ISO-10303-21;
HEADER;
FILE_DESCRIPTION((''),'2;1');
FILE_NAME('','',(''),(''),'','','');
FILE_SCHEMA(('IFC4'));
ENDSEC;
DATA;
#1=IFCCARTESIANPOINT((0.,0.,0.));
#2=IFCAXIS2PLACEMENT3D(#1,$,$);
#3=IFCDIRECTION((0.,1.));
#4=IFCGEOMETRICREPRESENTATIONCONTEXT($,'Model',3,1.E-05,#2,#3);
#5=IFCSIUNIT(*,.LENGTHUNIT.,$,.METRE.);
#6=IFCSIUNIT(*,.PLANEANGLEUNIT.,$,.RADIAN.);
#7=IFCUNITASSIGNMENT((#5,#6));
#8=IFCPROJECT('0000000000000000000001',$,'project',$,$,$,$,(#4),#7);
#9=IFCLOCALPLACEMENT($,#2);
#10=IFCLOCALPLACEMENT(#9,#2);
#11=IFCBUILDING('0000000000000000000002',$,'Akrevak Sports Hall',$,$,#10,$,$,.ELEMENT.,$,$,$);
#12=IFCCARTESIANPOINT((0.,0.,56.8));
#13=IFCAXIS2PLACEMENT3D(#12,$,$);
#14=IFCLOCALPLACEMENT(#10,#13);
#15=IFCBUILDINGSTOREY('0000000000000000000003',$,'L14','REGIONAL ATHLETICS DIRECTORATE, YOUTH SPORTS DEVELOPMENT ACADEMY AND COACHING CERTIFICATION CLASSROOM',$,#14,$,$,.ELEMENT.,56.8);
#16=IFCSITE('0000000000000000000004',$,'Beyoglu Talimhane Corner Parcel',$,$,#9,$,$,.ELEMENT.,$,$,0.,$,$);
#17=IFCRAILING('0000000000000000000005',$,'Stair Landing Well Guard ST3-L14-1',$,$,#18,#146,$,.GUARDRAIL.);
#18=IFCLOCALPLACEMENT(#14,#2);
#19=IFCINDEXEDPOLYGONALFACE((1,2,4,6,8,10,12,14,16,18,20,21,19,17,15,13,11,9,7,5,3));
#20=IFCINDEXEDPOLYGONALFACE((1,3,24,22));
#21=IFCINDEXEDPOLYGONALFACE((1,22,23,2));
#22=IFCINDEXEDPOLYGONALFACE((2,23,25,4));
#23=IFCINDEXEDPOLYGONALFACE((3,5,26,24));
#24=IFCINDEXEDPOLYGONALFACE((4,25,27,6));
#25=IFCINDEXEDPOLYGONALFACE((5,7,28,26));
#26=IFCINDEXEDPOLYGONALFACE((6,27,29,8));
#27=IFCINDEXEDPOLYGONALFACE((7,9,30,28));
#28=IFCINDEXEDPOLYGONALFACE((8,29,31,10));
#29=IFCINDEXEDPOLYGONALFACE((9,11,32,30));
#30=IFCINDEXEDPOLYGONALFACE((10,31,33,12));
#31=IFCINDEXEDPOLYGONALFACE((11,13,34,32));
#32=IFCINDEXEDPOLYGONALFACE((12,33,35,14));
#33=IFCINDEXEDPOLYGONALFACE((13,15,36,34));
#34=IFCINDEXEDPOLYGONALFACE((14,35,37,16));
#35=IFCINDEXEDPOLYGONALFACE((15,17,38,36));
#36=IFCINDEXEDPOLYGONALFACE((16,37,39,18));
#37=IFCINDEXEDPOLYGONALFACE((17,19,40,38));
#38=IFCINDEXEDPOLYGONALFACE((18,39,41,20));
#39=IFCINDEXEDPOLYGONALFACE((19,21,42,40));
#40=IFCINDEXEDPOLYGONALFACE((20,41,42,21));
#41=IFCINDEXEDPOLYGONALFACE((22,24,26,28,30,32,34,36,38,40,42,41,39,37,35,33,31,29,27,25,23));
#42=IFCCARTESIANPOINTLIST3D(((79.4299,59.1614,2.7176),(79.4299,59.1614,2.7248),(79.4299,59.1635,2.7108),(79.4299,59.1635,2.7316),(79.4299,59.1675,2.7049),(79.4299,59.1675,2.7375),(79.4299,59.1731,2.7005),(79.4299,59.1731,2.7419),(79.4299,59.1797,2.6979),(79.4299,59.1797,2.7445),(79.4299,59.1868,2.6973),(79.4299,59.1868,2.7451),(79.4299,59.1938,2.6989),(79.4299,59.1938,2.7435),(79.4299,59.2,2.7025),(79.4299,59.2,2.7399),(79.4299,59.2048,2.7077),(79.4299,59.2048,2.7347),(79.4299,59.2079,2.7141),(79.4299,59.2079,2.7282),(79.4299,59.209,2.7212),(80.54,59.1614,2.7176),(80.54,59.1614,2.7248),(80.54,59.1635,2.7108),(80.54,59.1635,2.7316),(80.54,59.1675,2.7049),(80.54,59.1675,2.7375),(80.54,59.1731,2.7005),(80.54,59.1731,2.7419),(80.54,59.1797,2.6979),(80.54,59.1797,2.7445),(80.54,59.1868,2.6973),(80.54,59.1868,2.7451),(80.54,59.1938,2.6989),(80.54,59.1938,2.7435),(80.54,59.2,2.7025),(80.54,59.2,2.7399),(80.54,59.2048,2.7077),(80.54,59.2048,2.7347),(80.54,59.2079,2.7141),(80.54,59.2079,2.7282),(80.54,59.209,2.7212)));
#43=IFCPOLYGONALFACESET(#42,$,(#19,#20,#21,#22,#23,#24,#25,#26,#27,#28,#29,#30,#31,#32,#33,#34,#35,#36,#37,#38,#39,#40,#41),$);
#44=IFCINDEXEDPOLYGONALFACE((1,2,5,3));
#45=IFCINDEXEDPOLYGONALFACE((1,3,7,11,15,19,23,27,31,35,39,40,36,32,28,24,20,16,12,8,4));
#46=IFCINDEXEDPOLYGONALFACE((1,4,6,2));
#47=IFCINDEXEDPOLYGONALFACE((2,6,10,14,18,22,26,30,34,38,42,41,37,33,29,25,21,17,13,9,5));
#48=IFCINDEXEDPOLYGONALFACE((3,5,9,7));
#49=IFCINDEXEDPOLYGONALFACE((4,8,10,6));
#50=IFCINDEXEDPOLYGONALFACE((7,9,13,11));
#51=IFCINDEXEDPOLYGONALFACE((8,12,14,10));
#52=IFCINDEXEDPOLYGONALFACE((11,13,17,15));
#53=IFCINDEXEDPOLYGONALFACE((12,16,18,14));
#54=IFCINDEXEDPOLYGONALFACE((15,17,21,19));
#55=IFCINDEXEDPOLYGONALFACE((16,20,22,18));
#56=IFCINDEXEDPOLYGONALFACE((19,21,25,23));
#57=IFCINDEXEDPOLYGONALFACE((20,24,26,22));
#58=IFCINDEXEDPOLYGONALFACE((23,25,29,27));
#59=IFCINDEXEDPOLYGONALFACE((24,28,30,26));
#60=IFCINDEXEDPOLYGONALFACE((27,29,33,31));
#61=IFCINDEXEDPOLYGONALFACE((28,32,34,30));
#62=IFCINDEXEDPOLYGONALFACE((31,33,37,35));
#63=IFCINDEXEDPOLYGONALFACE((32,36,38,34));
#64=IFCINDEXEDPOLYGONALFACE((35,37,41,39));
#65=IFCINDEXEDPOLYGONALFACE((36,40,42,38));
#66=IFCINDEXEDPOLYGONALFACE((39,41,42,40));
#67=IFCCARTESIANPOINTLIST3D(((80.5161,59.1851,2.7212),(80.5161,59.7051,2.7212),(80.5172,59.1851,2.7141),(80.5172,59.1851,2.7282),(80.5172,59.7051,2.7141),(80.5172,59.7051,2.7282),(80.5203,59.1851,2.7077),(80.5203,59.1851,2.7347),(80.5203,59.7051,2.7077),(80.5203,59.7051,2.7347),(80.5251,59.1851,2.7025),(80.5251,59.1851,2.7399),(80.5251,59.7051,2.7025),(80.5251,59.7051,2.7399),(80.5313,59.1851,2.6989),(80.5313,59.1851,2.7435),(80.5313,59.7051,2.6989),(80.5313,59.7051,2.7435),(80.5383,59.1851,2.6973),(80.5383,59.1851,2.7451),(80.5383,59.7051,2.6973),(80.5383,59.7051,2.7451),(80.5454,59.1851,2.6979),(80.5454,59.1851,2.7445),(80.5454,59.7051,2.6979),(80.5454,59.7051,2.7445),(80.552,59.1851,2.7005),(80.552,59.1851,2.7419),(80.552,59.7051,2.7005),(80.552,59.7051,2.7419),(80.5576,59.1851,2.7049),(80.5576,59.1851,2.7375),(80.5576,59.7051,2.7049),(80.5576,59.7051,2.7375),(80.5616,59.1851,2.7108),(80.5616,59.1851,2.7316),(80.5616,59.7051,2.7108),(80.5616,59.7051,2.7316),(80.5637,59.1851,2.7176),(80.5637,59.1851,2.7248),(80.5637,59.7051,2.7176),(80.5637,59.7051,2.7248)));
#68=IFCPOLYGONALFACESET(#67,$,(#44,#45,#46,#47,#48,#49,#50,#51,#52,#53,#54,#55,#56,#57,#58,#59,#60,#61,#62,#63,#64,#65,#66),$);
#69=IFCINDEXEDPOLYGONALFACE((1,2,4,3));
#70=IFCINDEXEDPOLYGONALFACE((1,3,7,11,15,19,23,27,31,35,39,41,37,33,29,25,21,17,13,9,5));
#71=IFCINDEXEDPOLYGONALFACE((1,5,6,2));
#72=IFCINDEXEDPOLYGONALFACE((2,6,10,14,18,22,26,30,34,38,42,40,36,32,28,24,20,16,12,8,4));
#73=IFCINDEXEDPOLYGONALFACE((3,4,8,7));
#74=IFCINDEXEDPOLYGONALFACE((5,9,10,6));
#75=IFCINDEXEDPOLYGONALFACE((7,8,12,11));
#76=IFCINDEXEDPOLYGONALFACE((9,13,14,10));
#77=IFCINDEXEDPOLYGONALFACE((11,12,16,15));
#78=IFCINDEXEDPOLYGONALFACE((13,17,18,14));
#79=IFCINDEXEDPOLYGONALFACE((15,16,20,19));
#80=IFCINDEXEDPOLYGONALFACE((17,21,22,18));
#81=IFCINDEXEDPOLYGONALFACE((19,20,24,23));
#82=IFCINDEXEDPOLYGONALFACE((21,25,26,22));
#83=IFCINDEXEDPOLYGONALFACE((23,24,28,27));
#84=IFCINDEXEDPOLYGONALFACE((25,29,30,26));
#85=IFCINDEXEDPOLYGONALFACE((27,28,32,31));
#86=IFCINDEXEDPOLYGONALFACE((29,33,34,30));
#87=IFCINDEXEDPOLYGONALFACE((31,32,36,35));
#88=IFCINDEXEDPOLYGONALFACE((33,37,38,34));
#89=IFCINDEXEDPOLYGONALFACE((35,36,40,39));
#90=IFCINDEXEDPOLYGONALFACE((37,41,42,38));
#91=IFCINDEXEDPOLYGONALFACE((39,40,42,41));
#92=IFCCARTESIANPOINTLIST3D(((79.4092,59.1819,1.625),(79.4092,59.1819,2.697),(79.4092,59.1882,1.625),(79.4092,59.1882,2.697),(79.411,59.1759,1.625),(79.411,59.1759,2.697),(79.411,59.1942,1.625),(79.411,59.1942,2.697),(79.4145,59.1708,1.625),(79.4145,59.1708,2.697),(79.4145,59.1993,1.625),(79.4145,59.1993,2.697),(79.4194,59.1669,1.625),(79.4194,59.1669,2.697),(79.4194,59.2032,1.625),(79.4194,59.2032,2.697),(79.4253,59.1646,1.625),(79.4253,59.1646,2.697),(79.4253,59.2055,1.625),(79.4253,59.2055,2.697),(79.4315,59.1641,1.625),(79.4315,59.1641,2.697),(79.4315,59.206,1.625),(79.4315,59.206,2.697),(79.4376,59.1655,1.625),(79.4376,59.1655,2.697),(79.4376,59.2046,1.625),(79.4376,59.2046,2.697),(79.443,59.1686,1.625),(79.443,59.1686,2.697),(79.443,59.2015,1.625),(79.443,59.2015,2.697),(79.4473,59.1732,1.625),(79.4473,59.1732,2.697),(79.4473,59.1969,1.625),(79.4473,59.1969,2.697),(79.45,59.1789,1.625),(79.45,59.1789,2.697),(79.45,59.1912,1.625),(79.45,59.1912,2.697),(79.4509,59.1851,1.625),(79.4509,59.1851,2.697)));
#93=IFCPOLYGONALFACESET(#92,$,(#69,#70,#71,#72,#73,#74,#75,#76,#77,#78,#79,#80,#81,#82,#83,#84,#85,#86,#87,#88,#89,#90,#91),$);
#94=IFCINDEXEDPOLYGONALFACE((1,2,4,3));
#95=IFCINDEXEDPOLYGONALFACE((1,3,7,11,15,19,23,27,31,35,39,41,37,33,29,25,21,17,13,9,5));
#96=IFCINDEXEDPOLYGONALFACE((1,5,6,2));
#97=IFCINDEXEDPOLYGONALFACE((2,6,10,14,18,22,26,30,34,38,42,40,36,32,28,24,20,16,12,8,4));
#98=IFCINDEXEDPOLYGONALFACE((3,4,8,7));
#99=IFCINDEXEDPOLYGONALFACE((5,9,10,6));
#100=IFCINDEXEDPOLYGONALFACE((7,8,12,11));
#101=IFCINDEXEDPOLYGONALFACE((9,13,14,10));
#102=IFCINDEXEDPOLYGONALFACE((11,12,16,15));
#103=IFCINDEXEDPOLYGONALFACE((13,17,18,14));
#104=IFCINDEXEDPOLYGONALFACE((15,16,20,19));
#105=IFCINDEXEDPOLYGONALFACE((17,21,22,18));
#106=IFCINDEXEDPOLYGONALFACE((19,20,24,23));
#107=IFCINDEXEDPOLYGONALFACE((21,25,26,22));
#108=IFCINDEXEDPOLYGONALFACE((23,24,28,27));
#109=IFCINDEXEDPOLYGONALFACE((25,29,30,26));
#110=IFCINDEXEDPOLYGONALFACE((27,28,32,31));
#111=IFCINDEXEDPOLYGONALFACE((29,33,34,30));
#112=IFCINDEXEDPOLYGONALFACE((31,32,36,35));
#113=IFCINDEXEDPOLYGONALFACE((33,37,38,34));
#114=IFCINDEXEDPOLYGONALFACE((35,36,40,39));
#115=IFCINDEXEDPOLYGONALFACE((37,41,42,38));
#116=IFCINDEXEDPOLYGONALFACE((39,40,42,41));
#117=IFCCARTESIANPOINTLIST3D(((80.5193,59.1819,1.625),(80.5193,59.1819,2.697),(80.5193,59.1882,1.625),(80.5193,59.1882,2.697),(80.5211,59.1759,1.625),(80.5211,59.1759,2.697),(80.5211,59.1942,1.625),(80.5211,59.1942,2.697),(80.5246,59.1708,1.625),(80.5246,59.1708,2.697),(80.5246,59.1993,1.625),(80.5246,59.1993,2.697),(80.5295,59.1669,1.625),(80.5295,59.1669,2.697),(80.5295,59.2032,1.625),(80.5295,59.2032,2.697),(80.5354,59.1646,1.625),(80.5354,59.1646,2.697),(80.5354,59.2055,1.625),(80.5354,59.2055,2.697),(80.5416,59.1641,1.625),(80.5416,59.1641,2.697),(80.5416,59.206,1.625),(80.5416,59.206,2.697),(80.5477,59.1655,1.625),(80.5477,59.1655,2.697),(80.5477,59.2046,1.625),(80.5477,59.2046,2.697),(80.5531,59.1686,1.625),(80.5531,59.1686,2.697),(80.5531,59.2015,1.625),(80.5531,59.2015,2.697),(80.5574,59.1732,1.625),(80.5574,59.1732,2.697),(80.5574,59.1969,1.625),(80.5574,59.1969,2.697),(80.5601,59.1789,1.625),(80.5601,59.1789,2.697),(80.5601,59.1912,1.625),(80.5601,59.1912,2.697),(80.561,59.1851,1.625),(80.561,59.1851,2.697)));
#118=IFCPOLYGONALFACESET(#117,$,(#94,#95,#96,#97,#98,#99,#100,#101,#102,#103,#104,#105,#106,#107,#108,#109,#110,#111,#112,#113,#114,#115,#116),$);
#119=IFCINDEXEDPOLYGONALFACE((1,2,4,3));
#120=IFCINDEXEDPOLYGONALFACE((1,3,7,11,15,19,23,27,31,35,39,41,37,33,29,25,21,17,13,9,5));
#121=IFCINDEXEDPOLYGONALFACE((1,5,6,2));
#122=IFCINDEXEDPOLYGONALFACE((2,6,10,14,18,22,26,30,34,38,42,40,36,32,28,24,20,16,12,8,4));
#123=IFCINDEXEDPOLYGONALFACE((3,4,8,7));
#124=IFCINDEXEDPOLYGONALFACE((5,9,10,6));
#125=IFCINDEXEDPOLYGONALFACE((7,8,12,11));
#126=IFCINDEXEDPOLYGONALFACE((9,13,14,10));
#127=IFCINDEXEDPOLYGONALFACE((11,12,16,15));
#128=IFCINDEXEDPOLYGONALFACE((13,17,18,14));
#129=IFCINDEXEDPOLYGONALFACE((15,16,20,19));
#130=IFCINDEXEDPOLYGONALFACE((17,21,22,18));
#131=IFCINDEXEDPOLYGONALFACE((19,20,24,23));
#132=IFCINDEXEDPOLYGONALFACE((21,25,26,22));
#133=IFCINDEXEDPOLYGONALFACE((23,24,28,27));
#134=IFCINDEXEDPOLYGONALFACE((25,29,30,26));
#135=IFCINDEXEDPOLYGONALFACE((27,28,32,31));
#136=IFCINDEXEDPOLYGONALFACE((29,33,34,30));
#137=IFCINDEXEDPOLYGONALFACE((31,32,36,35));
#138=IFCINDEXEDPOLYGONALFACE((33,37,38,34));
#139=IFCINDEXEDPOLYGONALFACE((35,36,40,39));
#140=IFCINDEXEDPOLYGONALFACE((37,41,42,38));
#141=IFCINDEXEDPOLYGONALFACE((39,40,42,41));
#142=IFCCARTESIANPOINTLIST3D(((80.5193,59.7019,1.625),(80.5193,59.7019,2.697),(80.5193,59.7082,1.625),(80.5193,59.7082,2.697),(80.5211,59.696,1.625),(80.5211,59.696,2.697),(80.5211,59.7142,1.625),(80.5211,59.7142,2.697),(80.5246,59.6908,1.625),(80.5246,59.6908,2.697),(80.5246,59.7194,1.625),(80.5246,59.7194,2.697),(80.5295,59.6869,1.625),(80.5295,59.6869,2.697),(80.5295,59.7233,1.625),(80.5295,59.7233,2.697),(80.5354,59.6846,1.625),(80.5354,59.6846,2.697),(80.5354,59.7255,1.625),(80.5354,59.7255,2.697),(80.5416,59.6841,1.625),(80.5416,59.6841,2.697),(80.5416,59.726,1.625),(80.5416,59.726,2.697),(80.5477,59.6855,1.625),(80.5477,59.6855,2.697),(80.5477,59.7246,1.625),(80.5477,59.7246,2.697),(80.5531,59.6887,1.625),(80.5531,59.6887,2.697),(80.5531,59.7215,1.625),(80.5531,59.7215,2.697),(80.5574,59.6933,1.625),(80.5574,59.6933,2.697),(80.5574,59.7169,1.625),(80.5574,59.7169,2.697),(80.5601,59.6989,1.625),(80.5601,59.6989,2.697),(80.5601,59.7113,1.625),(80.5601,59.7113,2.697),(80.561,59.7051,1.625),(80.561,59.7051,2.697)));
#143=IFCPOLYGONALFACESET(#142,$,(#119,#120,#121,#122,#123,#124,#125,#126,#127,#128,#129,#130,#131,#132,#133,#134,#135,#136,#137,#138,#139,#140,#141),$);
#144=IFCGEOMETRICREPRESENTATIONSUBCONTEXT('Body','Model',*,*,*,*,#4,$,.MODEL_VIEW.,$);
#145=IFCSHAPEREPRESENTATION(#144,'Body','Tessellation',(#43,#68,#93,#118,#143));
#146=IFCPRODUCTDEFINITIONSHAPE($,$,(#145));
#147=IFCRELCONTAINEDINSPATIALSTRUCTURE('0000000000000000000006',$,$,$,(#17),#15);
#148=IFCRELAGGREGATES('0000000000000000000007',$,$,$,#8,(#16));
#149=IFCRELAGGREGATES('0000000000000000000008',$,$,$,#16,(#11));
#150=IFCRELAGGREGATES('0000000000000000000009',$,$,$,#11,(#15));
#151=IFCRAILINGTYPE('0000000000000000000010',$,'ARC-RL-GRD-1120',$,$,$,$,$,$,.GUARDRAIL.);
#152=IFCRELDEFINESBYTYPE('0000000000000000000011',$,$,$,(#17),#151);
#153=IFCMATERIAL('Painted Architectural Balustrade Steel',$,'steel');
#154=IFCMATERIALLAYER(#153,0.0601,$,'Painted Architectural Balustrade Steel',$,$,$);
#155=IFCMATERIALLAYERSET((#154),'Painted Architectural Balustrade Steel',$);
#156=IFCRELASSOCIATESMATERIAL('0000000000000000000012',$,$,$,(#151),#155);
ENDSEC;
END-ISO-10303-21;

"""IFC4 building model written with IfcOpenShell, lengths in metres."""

from ifc_helpers import new_model, si_unit, direction, frame, origin, origin_2d, place, context, subcontext, project, spatial, circle, extrude, material, layer, layer_set, type_object, element, save


model = new_model("IFC4")

# Units and contexts
model_context = context("Model", 3, precision=1e-05, world=origin(), true_north=direction((0.0, 1.0)))
body_context = subcontext(model_context, "Body", "Model", "MODEL_VIEW")
ifc_project = project(units=[si_unit("LENGTHUNIT", "METRE"), si_unit("PLANEANGLEUNIT", "RADIAN")], contexts=[model_context])

# Site, building, storey
site_placement = place(None, origin())
site = spatial("IfcSite", under=ifc_project, at=site_placement, Name="Beyoglu Talimhane Corner Parcel", CompositionType="ELEMENT", RefElevation=0.0)
building_placement = place(site_placement, origin())
building = spatial("IfcBuilding", under=site, at=building_placement, Name="Akrevak Sports Hall", CompositionType="ELEMENT")
storey_placement = place(building_placement, frame((0.0, 0.0, 56.8)))
storey = spatial("IfcBuildingStorey", under=building, at=storey_placement, Name="L14", Description="REGIONAL ATHLETICS DIRECTORATE, YOUTH SPORTS DEVELOPMENT ACADEMY AND COACHING CERTIFICATION CLASSROOM", CompositionType="ELEMENT", Elevation=56.8)

# Railing
ifc_material_1 = material(Name="Painted Architectural Balustrade Steel", Category="steel")
ifc_layer_1 = layer(ifc_material_1, 0.0601, Name="Painted Architectural Balustrade Steel")
ifc_layer_set_1 = layer_set([ifc_layer_1], Name="Painted Architectural Balustrade Steel")
railing_type_1 = type_object("IfcRailingType", Name="ARC-RL-GRD-1120", PredefinedType="GUARDRAIL", material=ifc_layer_set_1)
railing_1_placement = place(storey_placement, frame((79.4299, 59.1851, 1.625)))
element("IfcRailing", 1, at=railing_1_placement, inside=storey, type_object=railing_type_1, Name="Stair Landing Well Guard ST3-L14-1", PredefinedType="GUARDRAIL", context=body_context, shape_type="SweptSolid", body=[
    extrude(circle(Radius=0.0239, at=origin_2d()), frame((0.0, 0.0, 1.0962), z_axis=(1.0, 0.0, 0.0), x_axis=(0.0, 1.0, 0.0)), (0.0, 0.0, 1.0), 1.1101),
    extrude(circle(Radius=0.0239, at=origin_2d()), frame((1.1101, 0.0, 1.0962), z_axis=(0.0, 1.0, 0.0), x_axis=(-1.0, 0.0, 0.0)), (0.0, 0.0, 1.0), 0.52),
    extrude(circle(Radius=0.021, at=origin_2d()), origin(), (0.0, 0.0, 1.0), 1.072),
    extrude(circle(Radius=0.021, at=origin_2d()), frame((1.1101, 0.0, 0.0)), (0.0, 0.0, 1.0), 1.072),
    extrude(circle(Radius=0.021, at=origin_2d()), frame((1.1101, 0.52, 0.0)), (0.0, 0.0, 1.0), 1.072),
])

save(model, "model.ifc")
